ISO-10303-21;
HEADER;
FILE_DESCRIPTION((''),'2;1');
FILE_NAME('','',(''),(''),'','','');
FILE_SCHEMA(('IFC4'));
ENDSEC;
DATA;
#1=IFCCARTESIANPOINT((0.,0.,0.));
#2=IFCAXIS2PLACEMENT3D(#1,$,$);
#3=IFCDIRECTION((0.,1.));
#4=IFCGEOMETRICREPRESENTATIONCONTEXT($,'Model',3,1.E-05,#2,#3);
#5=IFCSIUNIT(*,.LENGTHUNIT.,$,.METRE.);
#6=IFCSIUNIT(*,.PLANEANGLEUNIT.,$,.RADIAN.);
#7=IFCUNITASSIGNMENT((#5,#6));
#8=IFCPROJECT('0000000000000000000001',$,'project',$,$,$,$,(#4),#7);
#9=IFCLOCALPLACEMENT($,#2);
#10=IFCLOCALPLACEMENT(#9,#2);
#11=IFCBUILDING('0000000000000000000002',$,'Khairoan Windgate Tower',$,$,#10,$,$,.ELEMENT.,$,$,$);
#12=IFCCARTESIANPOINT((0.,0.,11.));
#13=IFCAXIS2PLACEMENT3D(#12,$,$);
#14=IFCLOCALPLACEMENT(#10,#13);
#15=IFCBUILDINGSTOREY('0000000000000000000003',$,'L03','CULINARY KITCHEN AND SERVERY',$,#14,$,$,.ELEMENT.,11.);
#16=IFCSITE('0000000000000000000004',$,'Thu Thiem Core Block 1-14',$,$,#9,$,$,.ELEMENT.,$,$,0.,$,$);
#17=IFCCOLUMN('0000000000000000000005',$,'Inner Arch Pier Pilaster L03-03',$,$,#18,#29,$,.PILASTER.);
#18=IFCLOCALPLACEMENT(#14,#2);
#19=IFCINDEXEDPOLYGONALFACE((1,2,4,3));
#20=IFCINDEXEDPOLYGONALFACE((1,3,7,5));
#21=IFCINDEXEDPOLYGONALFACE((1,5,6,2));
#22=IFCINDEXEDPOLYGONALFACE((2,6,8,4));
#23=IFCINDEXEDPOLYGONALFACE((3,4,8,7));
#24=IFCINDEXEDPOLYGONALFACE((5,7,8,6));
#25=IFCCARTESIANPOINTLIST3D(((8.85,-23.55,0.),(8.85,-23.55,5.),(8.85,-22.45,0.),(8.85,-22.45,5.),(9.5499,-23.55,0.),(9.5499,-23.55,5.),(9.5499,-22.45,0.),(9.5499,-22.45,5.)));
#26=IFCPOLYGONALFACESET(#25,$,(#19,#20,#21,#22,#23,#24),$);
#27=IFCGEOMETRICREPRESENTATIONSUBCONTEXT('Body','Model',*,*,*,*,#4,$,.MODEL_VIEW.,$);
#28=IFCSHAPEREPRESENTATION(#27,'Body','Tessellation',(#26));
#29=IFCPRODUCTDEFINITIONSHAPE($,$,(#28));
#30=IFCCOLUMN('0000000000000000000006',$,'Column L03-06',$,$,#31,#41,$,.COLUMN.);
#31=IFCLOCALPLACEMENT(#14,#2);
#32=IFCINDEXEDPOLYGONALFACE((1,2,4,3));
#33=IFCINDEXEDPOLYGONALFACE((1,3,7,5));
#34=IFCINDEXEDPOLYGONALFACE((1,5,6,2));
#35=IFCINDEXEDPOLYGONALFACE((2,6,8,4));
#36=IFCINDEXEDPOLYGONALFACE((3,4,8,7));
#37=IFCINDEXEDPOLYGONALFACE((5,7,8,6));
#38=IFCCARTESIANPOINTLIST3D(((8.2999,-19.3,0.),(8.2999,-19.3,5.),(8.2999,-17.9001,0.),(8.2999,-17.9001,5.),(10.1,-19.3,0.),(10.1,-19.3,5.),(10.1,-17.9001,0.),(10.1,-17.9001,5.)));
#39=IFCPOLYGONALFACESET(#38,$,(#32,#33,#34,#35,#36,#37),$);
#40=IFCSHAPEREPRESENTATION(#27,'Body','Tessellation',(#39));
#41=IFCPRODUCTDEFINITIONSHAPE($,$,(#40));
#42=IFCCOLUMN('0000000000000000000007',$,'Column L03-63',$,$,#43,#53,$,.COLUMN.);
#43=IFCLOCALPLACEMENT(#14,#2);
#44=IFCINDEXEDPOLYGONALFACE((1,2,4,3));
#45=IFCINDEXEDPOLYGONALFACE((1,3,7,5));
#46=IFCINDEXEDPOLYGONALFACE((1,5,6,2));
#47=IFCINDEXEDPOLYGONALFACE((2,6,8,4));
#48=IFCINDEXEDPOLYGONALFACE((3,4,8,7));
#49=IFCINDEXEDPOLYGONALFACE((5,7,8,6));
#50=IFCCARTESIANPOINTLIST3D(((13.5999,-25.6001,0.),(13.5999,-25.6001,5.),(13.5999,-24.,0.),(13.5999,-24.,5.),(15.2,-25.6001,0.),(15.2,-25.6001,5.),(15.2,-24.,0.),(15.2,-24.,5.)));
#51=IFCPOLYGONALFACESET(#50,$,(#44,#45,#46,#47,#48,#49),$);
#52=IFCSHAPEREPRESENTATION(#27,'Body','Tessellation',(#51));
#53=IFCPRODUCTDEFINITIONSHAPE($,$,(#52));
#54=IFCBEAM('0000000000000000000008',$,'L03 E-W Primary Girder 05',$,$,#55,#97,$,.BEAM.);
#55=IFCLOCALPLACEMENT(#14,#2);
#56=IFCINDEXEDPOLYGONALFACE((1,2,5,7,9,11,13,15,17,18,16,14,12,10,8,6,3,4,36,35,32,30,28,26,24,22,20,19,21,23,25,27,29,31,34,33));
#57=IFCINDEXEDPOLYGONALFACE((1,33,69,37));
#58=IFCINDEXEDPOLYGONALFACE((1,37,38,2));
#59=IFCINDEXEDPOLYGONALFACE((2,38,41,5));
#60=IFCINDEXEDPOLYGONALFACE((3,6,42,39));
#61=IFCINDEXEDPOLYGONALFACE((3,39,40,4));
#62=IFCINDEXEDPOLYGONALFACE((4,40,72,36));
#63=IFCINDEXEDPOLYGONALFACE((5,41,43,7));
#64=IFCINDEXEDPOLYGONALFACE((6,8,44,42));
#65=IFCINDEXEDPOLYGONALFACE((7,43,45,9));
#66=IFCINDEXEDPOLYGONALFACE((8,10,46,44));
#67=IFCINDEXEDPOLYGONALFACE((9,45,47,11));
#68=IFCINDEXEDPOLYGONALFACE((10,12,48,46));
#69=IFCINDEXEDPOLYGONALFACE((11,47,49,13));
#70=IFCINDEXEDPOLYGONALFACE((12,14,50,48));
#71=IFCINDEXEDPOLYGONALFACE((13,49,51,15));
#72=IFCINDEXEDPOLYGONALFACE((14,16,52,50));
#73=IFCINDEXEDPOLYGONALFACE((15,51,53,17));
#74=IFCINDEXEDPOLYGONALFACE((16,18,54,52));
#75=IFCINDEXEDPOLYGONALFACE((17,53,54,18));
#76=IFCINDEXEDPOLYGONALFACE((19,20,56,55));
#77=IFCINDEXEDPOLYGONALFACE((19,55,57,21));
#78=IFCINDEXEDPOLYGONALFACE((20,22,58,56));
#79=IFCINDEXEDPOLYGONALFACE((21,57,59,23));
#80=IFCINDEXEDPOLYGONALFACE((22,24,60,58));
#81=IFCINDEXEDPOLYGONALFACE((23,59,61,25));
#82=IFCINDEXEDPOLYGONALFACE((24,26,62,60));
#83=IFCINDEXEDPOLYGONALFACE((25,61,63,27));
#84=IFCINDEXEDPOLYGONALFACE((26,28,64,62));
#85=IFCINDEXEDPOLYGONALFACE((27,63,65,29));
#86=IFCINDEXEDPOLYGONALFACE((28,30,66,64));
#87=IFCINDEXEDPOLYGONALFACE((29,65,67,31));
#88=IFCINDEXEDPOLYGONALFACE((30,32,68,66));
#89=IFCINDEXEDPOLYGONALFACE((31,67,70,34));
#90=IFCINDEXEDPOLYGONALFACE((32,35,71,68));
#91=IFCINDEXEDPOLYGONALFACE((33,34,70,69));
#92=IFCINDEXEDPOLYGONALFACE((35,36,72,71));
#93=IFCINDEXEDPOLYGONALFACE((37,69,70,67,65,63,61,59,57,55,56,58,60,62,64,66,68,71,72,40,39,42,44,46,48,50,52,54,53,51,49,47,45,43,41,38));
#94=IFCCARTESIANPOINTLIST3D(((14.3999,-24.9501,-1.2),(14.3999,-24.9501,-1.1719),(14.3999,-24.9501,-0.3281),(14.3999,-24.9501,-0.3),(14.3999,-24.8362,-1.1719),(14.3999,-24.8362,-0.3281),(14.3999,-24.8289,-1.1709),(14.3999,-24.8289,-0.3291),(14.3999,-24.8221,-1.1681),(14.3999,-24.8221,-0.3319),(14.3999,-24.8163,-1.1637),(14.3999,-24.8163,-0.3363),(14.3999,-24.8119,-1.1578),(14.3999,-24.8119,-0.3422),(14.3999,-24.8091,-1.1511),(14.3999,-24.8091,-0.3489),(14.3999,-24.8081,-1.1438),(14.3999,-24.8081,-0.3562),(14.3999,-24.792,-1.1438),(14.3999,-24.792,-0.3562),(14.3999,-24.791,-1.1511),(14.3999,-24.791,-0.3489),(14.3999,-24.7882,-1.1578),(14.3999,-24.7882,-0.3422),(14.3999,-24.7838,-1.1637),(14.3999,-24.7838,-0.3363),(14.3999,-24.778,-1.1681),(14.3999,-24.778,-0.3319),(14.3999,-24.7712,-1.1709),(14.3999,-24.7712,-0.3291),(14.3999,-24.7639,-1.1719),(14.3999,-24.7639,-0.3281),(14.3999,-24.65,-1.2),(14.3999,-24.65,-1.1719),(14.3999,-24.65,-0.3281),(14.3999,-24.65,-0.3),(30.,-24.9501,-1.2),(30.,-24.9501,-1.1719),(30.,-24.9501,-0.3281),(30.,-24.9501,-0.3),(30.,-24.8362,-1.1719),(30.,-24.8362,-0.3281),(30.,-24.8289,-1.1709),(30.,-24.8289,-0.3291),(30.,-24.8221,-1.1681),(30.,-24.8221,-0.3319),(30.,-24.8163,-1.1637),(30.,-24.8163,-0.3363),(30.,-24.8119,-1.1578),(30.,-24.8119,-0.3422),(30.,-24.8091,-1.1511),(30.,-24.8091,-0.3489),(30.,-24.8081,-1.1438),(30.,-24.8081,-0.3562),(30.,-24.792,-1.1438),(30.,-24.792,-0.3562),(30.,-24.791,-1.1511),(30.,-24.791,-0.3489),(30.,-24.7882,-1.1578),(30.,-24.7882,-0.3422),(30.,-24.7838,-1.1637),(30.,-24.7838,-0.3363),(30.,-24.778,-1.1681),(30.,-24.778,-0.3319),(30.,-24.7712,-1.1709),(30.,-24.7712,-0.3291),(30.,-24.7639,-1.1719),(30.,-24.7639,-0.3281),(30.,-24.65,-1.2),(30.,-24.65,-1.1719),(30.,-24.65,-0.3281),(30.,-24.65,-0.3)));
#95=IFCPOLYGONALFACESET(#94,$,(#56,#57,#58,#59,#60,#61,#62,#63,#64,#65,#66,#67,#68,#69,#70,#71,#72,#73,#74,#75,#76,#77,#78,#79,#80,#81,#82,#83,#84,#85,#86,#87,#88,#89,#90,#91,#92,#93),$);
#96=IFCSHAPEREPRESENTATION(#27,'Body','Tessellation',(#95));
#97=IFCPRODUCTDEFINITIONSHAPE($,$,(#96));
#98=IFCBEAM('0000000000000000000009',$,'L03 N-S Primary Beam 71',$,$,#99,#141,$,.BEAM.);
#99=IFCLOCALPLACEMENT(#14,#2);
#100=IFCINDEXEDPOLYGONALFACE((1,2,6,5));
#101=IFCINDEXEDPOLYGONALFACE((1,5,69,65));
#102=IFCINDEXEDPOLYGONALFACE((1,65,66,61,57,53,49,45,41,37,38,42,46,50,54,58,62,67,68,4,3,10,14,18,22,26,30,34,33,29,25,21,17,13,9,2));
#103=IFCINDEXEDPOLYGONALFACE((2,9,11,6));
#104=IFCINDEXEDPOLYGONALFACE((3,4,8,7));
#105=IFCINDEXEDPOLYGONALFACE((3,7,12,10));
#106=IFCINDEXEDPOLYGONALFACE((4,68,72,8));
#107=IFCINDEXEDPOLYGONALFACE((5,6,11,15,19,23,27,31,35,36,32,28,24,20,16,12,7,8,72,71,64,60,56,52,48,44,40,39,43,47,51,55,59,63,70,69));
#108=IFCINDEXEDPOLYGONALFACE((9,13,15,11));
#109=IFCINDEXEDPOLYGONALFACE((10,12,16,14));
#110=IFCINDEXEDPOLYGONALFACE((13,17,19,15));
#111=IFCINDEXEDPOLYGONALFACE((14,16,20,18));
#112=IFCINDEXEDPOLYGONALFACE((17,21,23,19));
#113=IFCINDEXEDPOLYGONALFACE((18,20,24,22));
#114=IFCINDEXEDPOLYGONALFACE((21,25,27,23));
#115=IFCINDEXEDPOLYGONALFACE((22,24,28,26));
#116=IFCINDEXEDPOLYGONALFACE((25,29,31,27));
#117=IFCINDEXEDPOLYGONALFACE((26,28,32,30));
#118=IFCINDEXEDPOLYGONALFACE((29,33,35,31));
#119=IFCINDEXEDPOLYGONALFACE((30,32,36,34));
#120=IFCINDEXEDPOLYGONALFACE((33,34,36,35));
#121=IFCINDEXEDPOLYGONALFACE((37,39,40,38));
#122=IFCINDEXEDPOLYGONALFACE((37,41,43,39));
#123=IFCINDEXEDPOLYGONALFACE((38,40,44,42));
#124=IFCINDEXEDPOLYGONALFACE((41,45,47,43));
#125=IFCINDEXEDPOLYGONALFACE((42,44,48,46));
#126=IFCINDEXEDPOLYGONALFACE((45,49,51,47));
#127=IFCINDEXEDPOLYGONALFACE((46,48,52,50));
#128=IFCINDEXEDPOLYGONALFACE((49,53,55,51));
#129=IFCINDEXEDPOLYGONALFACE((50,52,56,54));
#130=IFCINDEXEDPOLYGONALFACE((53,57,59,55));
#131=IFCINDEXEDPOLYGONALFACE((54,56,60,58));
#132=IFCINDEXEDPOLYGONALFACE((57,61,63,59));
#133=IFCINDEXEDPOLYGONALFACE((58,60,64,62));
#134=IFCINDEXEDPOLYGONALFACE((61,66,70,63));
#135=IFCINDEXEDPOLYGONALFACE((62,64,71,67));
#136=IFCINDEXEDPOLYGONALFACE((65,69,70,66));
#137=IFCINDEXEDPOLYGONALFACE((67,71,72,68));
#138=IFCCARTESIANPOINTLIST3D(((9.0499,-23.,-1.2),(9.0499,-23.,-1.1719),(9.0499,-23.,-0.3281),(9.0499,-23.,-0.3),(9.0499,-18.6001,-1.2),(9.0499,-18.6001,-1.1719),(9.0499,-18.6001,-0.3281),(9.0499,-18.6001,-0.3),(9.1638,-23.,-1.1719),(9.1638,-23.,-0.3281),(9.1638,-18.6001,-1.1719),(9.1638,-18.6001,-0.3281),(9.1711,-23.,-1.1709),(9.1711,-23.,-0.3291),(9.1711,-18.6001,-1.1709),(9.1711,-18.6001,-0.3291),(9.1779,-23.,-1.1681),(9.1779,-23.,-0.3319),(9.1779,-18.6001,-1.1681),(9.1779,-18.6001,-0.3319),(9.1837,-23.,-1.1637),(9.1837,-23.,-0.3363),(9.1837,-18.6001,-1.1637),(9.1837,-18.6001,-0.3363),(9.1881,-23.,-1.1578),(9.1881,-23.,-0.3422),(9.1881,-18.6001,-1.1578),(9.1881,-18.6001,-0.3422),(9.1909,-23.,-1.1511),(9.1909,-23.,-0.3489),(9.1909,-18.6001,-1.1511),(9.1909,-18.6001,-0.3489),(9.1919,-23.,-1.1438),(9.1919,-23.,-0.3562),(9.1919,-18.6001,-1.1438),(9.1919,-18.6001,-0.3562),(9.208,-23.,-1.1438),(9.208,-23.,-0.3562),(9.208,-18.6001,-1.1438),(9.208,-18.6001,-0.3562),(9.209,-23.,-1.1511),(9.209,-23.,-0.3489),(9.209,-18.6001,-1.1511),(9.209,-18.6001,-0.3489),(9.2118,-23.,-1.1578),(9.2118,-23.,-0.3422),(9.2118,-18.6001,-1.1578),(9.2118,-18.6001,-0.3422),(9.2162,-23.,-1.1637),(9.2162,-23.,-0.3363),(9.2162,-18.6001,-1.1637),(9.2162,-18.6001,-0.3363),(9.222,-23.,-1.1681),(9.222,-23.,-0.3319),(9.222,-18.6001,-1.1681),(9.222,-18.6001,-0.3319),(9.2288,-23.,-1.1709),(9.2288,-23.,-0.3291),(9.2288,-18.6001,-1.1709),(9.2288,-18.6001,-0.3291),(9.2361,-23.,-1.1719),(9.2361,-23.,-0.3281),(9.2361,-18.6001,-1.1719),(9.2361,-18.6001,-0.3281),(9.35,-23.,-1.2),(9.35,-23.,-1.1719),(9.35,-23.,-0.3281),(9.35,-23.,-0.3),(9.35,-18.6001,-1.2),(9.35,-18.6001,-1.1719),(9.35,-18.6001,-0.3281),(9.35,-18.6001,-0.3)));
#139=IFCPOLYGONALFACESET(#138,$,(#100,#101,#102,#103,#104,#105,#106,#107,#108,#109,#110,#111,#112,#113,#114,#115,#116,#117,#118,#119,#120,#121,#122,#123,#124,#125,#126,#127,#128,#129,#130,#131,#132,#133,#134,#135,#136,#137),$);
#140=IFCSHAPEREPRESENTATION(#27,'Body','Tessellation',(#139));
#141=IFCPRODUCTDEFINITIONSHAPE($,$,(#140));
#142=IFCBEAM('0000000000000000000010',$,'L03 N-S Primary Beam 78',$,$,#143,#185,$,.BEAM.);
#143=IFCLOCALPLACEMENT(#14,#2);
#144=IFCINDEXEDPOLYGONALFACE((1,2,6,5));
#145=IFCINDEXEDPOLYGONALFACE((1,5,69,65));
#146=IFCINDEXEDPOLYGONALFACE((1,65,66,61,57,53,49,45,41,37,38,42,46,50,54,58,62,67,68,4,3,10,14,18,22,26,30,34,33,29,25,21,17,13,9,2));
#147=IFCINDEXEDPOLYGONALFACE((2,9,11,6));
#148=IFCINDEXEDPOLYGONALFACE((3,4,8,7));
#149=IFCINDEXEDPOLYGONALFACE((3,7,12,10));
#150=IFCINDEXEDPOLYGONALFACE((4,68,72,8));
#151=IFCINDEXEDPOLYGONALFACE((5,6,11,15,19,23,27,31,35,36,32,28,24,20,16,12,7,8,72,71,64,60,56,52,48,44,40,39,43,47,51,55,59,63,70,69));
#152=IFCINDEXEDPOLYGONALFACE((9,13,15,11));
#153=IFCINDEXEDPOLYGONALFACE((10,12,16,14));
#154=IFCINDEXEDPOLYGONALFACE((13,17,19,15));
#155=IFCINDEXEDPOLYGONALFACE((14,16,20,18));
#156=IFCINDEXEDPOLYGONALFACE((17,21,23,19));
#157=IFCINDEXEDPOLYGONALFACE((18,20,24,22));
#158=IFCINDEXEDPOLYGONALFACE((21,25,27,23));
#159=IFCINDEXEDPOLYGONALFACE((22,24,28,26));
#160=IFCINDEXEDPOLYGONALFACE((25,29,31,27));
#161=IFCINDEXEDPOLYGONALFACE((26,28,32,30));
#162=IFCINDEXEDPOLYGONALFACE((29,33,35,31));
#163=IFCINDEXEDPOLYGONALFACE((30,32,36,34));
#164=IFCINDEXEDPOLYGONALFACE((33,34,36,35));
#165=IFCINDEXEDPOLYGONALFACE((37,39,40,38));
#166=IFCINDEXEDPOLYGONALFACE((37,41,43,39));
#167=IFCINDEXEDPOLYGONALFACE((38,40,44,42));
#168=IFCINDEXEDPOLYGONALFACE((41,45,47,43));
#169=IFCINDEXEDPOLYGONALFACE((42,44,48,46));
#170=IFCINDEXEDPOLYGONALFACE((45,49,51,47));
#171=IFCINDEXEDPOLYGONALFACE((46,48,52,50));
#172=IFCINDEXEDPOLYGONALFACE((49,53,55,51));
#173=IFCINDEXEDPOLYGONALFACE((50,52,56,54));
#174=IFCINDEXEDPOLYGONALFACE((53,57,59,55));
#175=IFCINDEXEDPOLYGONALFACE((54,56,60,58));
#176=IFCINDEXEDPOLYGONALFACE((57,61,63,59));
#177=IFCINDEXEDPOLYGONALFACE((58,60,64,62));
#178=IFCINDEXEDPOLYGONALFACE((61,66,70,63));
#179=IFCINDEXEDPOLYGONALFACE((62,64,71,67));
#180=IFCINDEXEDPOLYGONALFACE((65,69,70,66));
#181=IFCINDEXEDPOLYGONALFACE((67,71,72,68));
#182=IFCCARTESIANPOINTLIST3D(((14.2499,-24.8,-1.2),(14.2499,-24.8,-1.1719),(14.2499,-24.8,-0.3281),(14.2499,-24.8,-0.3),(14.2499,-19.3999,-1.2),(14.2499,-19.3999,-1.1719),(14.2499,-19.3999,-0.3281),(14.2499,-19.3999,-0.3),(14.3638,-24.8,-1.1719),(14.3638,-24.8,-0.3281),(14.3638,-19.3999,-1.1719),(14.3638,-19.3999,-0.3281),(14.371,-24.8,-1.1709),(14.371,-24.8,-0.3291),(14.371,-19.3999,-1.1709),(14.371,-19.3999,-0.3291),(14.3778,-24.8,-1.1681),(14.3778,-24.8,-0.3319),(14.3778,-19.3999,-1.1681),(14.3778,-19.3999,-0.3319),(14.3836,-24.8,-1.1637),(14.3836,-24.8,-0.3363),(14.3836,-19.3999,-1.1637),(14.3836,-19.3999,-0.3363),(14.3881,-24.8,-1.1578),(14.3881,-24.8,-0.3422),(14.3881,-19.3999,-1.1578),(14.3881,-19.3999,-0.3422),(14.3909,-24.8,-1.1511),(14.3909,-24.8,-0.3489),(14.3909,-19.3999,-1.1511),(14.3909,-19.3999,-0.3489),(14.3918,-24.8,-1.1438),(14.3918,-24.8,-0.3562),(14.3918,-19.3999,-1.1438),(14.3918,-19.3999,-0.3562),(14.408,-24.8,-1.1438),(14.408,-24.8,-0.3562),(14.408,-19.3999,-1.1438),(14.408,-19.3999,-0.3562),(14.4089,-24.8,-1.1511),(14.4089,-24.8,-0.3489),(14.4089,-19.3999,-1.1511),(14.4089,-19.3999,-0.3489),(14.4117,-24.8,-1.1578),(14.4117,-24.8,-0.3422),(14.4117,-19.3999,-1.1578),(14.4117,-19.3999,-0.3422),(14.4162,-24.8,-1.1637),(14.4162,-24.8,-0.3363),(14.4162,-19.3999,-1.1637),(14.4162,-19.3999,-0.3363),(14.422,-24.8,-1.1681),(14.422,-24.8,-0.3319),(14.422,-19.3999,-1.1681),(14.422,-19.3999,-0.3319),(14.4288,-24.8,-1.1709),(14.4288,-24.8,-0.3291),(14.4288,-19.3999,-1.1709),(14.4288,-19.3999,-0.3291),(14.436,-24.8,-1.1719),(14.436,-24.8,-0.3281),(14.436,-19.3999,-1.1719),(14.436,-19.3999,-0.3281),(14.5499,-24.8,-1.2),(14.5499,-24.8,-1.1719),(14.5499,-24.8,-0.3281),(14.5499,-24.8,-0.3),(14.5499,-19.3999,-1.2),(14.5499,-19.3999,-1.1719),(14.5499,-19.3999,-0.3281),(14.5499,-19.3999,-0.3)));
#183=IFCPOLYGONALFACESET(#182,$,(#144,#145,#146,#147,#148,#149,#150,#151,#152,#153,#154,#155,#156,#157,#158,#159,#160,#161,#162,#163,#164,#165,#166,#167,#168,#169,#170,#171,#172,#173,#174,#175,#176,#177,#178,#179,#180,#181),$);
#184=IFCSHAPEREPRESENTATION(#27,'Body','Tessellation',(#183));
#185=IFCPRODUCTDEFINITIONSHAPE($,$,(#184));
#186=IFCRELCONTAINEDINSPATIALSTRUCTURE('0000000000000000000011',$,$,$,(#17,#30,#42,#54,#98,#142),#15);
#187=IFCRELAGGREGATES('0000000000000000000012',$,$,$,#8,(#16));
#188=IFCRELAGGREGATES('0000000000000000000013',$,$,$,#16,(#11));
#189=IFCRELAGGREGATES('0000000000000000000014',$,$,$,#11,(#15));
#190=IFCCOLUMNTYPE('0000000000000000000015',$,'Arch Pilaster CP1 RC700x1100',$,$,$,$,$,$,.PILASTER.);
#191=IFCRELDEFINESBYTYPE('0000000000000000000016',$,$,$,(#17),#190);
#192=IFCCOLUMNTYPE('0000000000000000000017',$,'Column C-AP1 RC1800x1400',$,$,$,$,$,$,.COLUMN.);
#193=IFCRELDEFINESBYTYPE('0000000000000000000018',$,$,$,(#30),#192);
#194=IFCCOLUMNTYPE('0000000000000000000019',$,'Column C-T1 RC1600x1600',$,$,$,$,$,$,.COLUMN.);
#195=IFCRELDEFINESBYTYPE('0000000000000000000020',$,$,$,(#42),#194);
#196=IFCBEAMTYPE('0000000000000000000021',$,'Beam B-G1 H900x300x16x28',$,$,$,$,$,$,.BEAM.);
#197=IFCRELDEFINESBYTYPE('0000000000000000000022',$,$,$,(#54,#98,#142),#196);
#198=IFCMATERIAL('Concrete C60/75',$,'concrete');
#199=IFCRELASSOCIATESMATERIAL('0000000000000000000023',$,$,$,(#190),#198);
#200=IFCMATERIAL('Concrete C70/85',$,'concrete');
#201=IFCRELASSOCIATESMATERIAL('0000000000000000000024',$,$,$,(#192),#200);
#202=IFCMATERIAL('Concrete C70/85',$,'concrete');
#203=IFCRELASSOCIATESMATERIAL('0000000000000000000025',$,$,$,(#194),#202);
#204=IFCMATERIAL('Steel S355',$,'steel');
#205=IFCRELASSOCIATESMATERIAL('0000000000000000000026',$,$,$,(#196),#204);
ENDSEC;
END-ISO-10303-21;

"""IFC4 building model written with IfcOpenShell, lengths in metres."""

from ifc_helpers import new_model, si_unit, direction, frame, origin, origin_2d, place, context, subcontext, project, spatial, rectangle, i_section, extrude, material, material_profile, profile_set, type_object, element, save


model = new_model("IFC4")

# Units and contexts
model_context = context("Model", 3, precision=1e-05, world=origin(), true_north=direction((0.0, 1.0)))
body_context = subcontext(model_context, "Body", "Model", "MODEL_VIEW")
ifc_project = project(units=[si_unit("LENGTHUNIT", "METRE"), si_unit("PLANEANGLEUNIT", "RADIAN")], contexts=[model_context])

# Site, building, storey
site_placement = place(None, origin())
site = spatial("IfcSite", under=ifc_project, at=site_placement, Name="Thu Thiem Core Block 1-14", CompositionType="ELEMENT", RefElevation=0.0)
building_placement = place(site_placement, origin())
building = spatial("IfcBuilding", under=site, at=building_placement, Name="Khairoan Windgate Tower", CompositionType="ELEMENT")
storey_placement = place(building_placement, frame((0.0, 0.0, 11.0)))
storey = spatial("IfcBuildingStorey", under=building, at=storey_placement, Name="L03", Description="CULINARY KITCHEN AND SERVERY", CompositionType="ELEMENT", Elevation=11.0)

# Columns
ifc_material_1 = material(Name="Concrete C60/75", Category="concrete")
ifc_material_profile_1 = material_profile(ifc_material_1, rectangle(XDim=0.7, YDim=1.1001, at=origin_2d()))
ifc_profile_set_1 = profile_set([ifc_material_profile_1], Name="Concrete C60/75")
column_type_1 = type_object("IfcColumnType", Name="Arch Pilaster CP1 RC700x1100", PredefinedType="PILASTER", material=ifc_profile_set_1)
column_1_placement = place(storey_placement, frame((9.2, -23.0, 0.0), z_axis=(0.0, 0.0, 1.0), x_axis=(1.0, 0.0, 0.0)))
element("IfcColumn", 1, at=column_1_placement, inside=storey, type_object=column_type_1, Name="Inner Arch Pier Pilaster L03-03", PredefinedType="PILASTER", context=body_context, shape_type="SweptSolid", body=[
    extrude(rectangle(XDim=0.7, YDim=1.1001, at=origin_2d()), origin(), (0.0, 0.0, 1.0), 5.0),
])
ifc_material_2 = material(Name="Concrete C70/85", Category="concrete")
ifc_material_profile_2 = material_profile(ifc_material_2, rectangle(XDim=1.8, YDim=1.3999, at=origin_2d()))
ifc_profile_set_2 = profile_set([ifc_material_profile_2], Name="Concrete C70/85")
column_type_2 = type_object("IfcColumnType", Name="Column C-AP1 RC1800x1400", PredefinedType="COLUMN", material=ifc_profile_set_2)
column_2_placement = place(storey_placement, frame((9.2, -18.6001, 0.0), z_axis=(0.0, 0.0, 1.0), x_axis=(1.0, 0.0, 0.0)))
element("IfcColumn", 2, at=column_2_placement, inside=storey, type_object=column_type_2, Name="Column L03-06", PredefinedType="COLUMN", context=body_context, shape_type="SweptSolid", body=[
    extrude(rectangle(XDim=1.8, YDim=1.3999, at=origin_2d()), origin(), (0.0, 0.0, 1.0), 5.0),
])
ifc_material_3 = material(Name="Concrete C70/85", Category="concrete")
ifc_material_profile_3 = material_profile(ifc_material_3, rectangle(XDim=1.6001, YDim=1.6001, at=origin_2d()))
ifc_profile_set_3 = profile_set([ifc_material_profile_3], Name="Concrete C70/85")
column_type_3 = type_object("IfcColumnType", Name="Column C-T1 RC1600x1600", PredefinedType="COLUMN", material=ifc_profile_set_3)
column_3_placement = place(storey_placement, frame((14.3999, -24.8, 0.0), z_axis=(0.0, 0.0, 1.0), x_axis=(1.0, 0.0, 0.0)))
element("IfcColumn", 3, at=column_3_placement, inside=storey, type_object=column_type_3, Name="Column L03-63", PredefinedType="COLUMN", context=body_context, shape_type="SweptSolid", body=[
    extrude(rectangle(XDim=1.6001, YDim=1.6001, at=origin_2d()), origin(), (0.0, 0.0, 1.0), 5.0),
])

# Beams
ifc_material_4 = material(Name="Steel S355", Category="steel")
ifc_material_profile_4 = material_profile(ifc_material_4, i_section(OverallWidth=0.3, OverallDepth=0.8999, WebThickness=0.0161, FlangeThickness=0.0281, FilletRadius=0.0281, at=origin_2d()))
ifc_profile_set_4 = profile_set([ifc_material_profile_4], Name="Steel S355")
beam_type = type_object("IfcBeamType", Name="Beam B-G1 H900x300x16x28", PredefinedType="BEAM", material=ifc_profile_set_4)
beam_1_placement = place(storey_placement, frame((14.3999, -24.8, -0.75), z_axis=(1.0, 0.0, 0.0), x_axis=(0.0, 1.0, 0.0)))
element("IfcBeam", 4, at=beam_1_placement, inside=storey, type_object=beam_type, Name="L03 E-W Primary Girder 05", PredefinedType="BEAM", context=body_context, shape_type="SweptSolid", body=[
    extrude(i_section(OverallWidth=0.3, OverallDepth=0.8999, WebThickness=0.0161, FlangeThickness=0.0281, FilletRadius=0.0281, at=origin_2d()), origin(), (0.0, 0.0, 1.0), 15.6001),
])
beam_2_placement = place(storey_placement, frame((9.2, -23.0, -0.75), z_axis=(0.0, 1.0, 0.0), x_axis=(-1.0, 0.0, 0.0)))
element("IfcBeam", 5, at=beam_2_placement, inside=storey, type_object=beam_type, Name="L03 N-S Primary Beam 71", PredefinedType="BEAM", context=body_context, shape_type="SweptSolid", body=[
    extrude(i_section(OverallWidth=0.3, OverallDepth=0.8999, WebThickness=0.0161, FlangeThickness=0.0281, FilletRadius=0.0281, at=origin_2d()), origin(), (0.0, 0.0, 1.0), 4.3999),
])
beam_3_placement = place(storey_placement, frame((14.3999, -24.8, -0.75), z_axis=(0.0, 1.0, 0.0), x_axis=(-1.0, 0.0, 0.0)))
element("IfcBeam", 6, at=beam_3_placement, inside=storey, type_object=beam_type, Name="L03 N-S Primary Beam 78", PredefinedType="BEAM", context=body_context, shape_type="SweptSolid", body=[
    extrude(i_section(OverallWidth=0.3, OverallDepth=0.8999, WebThickness=0.0161, FlangeThickness=0.0281, FilletRadius=0.0281, at=origin_2d()), origin(), (0.0, 0.0, 1.0), 5.4001),
])

save(model, "model.ifc")
